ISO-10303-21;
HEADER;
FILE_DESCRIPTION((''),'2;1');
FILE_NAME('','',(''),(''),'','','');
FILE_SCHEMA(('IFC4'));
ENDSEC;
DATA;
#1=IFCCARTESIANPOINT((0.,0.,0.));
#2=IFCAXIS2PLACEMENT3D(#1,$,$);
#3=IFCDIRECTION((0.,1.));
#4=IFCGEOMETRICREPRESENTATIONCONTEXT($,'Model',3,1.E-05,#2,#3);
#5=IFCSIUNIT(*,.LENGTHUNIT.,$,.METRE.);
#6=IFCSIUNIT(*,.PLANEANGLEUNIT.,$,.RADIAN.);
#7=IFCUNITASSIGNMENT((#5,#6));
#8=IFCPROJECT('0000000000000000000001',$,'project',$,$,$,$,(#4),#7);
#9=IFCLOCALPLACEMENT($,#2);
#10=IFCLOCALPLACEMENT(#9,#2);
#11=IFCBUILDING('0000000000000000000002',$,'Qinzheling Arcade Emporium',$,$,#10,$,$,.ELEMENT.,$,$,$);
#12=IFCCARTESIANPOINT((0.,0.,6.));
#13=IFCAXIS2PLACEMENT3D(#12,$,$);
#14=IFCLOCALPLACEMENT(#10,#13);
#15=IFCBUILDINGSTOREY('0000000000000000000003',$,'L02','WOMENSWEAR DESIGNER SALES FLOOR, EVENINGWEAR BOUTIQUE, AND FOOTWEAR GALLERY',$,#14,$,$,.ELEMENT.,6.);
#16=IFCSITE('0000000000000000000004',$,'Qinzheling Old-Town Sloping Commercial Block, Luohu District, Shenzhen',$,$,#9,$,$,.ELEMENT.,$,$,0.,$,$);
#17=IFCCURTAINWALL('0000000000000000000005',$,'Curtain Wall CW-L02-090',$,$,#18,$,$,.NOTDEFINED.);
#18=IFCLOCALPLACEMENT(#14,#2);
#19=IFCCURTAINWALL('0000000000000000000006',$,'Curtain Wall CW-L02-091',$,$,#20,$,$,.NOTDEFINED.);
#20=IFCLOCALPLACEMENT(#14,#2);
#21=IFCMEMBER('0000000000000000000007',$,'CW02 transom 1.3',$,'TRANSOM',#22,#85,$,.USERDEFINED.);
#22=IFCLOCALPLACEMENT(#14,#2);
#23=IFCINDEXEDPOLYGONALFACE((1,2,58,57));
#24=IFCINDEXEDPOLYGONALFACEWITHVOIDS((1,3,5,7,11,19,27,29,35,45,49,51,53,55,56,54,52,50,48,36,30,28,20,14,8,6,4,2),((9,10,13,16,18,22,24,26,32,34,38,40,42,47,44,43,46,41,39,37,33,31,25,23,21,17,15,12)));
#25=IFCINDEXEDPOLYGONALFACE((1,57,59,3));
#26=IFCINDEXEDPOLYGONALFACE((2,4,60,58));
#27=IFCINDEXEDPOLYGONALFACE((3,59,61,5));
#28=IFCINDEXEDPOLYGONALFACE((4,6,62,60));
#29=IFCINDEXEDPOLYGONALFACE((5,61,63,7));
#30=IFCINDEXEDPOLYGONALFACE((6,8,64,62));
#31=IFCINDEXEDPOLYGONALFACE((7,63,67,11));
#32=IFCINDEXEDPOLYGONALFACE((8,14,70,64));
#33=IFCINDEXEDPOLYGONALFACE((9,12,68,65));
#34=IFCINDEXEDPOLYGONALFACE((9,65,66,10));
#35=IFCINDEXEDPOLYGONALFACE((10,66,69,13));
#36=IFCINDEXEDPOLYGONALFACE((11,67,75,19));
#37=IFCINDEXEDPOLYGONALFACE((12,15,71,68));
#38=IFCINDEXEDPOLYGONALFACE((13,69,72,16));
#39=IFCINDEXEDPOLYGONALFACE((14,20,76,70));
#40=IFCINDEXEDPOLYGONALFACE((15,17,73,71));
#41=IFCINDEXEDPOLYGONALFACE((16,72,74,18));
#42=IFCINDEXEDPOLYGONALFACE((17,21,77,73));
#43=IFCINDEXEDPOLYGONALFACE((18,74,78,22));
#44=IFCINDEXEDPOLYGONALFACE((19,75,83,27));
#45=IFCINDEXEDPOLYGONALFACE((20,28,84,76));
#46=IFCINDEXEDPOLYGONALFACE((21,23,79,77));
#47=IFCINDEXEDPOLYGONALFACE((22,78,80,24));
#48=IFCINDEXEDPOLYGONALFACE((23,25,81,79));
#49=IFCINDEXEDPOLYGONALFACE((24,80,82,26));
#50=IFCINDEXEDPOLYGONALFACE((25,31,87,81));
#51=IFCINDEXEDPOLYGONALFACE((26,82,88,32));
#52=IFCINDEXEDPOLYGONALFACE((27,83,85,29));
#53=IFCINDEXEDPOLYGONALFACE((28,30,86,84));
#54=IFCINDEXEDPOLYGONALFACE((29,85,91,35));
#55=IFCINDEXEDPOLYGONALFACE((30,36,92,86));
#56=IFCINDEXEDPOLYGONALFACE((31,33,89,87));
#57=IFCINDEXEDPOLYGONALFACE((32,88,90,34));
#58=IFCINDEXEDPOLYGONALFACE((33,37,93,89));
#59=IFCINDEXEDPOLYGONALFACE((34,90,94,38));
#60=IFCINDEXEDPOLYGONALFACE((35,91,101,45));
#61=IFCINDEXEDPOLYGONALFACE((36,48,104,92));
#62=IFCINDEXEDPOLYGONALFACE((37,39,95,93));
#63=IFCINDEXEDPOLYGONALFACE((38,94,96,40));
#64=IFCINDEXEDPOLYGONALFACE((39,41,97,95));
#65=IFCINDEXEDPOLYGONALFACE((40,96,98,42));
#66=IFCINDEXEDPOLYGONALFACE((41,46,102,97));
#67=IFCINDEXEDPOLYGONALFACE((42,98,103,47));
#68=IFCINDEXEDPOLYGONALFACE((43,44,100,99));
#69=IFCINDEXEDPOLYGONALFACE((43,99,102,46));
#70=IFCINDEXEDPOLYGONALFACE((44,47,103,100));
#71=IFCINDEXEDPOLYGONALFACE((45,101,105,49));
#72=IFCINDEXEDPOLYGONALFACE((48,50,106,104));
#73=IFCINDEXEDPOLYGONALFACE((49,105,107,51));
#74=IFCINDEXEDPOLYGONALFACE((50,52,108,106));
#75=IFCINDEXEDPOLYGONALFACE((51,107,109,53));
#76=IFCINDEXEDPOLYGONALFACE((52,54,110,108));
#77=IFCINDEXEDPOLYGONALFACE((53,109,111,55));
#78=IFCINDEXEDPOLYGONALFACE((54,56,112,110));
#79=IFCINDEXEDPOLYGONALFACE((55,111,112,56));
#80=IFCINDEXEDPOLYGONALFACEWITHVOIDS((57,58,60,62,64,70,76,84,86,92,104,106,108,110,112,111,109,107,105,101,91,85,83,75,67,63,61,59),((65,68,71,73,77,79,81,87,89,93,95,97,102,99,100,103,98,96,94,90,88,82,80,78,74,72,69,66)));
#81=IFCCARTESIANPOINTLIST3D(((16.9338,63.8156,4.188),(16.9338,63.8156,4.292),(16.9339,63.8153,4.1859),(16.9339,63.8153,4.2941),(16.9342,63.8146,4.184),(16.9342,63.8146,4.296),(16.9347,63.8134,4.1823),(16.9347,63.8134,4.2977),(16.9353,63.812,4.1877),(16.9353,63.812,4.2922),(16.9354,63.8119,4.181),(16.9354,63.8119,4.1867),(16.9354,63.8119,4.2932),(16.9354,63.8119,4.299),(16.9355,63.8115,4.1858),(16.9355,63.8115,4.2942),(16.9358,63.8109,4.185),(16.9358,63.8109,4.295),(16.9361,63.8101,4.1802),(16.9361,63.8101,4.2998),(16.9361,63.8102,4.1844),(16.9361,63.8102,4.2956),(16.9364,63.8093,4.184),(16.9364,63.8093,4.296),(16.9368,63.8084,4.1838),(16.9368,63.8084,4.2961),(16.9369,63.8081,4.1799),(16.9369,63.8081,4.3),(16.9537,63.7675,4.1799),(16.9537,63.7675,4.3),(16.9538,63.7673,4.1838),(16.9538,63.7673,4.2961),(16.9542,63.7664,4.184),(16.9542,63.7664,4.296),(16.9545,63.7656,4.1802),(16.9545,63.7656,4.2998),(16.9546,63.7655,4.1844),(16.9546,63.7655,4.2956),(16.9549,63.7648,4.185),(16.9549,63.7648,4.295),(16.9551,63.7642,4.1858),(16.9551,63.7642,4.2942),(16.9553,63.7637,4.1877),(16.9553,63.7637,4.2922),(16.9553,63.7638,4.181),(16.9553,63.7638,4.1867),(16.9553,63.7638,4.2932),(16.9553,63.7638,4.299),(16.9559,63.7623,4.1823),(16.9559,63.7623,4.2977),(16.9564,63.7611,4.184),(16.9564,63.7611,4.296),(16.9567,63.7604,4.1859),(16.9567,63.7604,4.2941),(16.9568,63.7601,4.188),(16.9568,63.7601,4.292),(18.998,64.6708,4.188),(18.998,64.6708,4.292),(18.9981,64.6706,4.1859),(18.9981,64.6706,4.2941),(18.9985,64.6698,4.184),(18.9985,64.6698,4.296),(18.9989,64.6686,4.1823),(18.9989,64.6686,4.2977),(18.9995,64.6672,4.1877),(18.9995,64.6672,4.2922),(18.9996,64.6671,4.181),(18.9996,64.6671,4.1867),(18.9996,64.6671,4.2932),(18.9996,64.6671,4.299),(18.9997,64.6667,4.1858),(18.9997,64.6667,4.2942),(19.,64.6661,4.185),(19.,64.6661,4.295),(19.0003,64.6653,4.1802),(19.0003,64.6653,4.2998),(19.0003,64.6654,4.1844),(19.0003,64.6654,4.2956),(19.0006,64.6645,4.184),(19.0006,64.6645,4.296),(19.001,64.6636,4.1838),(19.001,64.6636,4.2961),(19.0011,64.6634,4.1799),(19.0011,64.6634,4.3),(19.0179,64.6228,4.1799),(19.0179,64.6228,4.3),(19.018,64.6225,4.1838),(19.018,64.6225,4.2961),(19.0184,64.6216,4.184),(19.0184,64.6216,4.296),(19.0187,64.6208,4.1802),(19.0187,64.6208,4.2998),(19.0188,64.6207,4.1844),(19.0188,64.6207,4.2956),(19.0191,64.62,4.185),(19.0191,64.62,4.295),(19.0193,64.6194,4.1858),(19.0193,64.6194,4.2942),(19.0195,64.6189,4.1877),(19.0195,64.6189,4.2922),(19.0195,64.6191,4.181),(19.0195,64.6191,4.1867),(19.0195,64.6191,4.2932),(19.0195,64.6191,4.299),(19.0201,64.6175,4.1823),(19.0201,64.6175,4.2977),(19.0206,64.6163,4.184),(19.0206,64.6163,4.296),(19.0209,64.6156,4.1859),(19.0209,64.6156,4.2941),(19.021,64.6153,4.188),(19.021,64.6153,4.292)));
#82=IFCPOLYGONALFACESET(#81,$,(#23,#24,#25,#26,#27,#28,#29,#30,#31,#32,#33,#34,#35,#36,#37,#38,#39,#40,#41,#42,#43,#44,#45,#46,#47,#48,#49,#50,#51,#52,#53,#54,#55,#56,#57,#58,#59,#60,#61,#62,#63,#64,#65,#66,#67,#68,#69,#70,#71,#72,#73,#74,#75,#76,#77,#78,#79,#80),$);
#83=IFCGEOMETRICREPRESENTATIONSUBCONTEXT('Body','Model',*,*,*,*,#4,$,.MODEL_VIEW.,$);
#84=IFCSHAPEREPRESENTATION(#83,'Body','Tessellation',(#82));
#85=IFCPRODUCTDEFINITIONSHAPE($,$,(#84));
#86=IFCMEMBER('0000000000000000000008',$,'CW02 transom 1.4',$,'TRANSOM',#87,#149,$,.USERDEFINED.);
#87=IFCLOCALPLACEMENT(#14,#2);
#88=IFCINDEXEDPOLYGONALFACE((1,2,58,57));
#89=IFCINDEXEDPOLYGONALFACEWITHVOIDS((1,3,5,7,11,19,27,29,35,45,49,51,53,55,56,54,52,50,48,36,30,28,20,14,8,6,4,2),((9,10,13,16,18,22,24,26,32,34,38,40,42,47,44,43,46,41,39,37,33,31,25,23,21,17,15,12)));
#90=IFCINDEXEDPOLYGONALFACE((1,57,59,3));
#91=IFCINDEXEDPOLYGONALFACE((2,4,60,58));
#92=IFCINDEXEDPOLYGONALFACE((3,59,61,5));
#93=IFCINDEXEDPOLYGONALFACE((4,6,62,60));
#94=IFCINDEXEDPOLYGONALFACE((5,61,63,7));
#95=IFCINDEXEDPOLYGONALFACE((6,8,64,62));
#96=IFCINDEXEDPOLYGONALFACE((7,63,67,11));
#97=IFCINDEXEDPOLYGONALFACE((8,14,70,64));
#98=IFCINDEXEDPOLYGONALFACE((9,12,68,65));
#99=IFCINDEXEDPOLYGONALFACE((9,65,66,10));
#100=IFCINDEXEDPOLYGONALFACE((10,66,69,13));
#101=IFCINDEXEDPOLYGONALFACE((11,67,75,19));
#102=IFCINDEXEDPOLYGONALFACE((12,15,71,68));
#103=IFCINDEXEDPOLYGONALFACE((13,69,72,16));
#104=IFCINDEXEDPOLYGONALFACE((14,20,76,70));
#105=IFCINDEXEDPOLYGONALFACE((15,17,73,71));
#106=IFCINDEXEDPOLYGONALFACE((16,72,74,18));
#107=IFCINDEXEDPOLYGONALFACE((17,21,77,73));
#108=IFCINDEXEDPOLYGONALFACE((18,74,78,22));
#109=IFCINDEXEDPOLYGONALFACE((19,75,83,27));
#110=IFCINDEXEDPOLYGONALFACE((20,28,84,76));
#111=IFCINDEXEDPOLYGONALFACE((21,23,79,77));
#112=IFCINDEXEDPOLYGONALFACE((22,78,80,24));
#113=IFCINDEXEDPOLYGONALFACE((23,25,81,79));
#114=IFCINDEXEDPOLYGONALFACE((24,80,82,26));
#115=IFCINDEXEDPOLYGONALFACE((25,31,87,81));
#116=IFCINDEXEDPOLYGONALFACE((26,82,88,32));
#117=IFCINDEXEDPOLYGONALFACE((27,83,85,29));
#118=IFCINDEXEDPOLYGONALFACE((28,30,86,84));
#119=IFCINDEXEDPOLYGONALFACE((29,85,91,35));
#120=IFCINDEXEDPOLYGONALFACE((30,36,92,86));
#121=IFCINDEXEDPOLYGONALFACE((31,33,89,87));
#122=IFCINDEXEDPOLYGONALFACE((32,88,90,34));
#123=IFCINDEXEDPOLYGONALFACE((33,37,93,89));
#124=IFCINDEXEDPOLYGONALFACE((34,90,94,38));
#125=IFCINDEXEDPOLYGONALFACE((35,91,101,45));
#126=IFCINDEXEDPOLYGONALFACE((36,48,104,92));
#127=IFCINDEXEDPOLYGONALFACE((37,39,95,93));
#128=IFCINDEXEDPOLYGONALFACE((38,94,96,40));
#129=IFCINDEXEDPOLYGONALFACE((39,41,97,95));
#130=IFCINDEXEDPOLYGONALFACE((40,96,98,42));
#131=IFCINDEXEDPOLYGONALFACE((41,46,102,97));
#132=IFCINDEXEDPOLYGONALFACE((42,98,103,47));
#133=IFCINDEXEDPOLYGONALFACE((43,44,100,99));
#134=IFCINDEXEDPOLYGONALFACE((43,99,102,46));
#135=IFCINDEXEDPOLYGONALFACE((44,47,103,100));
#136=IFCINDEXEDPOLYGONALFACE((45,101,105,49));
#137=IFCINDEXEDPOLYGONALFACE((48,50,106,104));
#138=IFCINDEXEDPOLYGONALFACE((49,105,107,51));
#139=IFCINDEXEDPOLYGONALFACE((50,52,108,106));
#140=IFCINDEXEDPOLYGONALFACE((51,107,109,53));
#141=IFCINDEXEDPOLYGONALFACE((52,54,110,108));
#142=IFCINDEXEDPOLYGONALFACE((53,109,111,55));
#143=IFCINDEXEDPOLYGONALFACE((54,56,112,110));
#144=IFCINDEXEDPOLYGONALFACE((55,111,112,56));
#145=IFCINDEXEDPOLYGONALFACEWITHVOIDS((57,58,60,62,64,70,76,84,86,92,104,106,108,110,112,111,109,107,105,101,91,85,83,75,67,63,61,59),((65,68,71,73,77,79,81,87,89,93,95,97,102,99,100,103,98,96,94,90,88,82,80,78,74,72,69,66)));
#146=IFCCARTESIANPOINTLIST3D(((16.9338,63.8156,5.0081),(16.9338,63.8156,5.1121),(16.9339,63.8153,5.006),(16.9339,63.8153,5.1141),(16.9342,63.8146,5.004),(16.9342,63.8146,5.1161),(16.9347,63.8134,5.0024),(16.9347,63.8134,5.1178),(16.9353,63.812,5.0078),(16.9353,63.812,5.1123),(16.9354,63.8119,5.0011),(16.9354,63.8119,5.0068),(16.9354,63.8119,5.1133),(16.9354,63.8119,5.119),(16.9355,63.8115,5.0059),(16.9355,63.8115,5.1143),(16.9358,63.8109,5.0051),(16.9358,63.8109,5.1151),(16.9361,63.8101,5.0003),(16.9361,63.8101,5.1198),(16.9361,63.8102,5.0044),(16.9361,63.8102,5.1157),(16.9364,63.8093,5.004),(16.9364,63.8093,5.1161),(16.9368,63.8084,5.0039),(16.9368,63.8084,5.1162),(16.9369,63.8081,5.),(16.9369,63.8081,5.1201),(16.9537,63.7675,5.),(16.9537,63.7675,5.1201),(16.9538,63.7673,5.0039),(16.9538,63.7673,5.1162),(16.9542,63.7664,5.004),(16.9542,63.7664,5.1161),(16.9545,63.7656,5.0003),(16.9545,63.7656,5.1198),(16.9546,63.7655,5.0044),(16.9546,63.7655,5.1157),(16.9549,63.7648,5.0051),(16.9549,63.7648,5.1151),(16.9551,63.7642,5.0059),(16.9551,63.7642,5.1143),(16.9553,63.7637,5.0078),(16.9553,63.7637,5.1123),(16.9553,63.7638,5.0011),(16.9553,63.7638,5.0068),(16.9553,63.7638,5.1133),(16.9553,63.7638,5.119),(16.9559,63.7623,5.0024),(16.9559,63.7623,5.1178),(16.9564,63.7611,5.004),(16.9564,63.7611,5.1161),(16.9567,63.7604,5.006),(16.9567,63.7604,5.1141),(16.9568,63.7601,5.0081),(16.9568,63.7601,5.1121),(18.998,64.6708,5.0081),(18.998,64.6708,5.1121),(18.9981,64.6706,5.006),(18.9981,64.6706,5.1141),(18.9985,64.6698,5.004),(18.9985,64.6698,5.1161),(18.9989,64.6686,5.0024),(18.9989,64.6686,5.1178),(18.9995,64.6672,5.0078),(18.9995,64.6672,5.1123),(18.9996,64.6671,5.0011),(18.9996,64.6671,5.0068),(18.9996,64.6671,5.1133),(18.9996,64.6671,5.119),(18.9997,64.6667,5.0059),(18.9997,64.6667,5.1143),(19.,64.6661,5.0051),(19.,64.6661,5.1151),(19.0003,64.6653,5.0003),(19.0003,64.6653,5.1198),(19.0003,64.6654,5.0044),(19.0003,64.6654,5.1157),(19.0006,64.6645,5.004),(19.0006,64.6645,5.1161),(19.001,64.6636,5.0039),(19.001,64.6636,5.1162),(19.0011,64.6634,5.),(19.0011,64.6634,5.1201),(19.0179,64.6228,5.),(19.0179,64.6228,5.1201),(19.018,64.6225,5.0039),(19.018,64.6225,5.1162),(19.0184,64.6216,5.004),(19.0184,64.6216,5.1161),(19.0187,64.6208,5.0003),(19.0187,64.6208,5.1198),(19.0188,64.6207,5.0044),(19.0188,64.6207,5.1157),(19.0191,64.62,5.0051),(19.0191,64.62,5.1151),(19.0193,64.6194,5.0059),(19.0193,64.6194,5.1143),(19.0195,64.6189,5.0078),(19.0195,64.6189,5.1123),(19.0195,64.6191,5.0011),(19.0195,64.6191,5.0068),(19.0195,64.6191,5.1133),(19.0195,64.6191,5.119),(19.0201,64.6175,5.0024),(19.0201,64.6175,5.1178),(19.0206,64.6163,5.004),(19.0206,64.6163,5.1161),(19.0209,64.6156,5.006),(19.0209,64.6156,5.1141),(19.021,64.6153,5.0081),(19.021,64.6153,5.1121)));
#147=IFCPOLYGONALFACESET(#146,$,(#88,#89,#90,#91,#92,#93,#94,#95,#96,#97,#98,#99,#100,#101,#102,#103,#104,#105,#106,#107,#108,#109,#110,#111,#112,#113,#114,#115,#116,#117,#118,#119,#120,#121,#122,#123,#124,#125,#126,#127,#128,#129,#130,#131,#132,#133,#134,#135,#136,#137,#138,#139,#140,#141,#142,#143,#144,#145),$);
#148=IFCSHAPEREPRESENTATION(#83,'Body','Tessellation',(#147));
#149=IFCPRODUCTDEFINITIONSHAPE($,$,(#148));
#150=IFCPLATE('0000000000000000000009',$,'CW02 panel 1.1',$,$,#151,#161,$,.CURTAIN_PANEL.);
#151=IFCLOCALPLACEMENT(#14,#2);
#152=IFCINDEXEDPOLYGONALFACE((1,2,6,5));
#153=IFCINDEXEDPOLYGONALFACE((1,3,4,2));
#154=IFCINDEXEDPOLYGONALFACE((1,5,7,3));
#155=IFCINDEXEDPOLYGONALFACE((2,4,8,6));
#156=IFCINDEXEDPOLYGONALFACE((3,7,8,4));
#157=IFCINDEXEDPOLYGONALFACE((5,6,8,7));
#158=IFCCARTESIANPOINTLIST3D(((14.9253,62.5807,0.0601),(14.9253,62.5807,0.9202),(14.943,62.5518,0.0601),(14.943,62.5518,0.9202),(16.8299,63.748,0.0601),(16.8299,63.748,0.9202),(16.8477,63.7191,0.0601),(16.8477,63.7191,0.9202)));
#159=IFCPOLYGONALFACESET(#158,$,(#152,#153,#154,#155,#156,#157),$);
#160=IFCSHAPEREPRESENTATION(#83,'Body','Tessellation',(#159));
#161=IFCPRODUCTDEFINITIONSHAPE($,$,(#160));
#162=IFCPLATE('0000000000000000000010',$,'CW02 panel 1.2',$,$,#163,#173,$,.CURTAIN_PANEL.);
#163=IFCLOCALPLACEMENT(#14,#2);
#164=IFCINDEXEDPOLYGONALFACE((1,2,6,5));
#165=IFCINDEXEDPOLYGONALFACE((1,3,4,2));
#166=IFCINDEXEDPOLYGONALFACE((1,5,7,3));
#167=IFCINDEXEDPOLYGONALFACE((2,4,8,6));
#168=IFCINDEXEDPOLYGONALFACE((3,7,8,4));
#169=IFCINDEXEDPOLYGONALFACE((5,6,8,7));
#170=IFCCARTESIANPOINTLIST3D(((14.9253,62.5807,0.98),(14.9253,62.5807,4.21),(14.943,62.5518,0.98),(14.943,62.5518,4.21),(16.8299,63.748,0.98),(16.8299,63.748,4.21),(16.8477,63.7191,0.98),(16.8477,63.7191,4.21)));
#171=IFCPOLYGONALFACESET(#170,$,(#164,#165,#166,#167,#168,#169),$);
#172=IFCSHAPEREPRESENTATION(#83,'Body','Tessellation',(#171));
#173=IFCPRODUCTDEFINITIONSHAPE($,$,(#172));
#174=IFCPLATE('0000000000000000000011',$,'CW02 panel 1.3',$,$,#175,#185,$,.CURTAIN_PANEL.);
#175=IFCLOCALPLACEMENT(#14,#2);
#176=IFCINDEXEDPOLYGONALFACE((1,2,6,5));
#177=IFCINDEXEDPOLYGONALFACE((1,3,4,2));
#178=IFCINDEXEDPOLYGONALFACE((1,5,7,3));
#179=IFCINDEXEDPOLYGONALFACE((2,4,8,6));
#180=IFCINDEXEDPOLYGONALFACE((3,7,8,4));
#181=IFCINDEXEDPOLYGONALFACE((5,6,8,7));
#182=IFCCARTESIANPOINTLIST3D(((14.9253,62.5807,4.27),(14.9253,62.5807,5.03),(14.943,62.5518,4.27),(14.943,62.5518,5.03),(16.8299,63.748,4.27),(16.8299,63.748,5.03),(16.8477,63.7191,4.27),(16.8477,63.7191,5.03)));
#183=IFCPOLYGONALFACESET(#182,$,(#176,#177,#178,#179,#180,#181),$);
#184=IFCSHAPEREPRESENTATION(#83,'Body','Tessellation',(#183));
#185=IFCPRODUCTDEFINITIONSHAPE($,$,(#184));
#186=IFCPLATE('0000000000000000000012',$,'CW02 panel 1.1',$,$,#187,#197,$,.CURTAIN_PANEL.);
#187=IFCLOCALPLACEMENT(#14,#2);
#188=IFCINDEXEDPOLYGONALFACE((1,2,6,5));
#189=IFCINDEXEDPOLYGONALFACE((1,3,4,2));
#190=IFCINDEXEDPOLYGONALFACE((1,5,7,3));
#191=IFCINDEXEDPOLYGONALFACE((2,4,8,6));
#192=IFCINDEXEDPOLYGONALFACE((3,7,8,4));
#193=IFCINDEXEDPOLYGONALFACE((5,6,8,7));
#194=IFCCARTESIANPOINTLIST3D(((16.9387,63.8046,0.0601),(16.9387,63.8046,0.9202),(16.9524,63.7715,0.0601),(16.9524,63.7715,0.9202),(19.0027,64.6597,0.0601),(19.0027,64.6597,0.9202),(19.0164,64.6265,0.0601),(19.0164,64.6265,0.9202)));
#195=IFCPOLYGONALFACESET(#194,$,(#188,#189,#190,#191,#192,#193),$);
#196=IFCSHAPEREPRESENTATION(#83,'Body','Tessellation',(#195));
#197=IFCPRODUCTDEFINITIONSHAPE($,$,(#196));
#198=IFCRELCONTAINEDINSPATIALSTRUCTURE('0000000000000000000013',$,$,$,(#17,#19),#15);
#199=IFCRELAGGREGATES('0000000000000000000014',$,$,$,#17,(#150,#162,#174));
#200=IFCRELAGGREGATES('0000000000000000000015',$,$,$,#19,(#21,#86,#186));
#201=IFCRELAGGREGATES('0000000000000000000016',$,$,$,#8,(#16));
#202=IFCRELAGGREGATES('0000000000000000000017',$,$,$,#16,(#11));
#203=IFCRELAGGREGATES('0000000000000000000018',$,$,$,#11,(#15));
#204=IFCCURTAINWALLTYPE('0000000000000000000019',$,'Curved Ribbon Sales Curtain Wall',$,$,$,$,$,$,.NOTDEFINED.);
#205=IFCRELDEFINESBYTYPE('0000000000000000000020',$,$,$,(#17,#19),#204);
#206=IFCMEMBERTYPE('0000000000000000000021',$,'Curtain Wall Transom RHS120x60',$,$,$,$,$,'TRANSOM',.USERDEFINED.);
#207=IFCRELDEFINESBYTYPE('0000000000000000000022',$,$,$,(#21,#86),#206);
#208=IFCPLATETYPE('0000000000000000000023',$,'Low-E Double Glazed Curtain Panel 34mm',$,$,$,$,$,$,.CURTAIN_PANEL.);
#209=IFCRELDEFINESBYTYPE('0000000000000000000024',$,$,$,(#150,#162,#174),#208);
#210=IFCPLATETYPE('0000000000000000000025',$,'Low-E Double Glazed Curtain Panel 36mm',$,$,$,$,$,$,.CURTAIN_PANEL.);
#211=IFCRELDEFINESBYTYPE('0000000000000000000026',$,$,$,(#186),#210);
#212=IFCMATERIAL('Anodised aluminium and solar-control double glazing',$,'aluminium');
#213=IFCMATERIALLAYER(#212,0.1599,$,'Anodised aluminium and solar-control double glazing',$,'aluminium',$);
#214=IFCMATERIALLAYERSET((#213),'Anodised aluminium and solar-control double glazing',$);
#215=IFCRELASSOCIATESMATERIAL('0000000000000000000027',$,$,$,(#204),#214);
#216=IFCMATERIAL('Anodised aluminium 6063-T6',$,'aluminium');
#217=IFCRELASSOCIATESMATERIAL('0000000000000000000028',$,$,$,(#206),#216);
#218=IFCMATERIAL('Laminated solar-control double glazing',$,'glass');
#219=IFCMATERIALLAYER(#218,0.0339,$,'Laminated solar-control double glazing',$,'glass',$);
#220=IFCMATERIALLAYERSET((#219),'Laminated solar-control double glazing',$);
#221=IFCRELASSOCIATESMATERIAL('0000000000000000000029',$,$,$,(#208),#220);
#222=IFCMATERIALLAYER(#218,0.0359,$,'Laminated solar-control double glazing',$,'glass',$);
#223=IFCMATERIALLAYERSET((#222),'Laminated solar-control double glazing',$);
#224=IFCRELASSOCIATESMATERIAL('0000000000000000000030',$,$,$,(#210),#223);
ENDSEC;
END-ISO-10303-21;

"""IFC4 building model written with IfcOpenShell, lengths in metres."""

from ifc_helpers import new_model, si_unit, direction, frame, origin, origin_2d, place, context, subcontext, project, spatial, rectangle, hollow_rectangle, extrude, material, layer, layer_set, material_profile, profile_set, type_object, element, aggregate, save


model = new_model("IFC4")

# Units and contexts
model_context = context("Model", 3, precision=1e-05, world=origin(), true_north=direction((0.0, 1.0)))
body_context = subcontext(model_context, "Body", "Model", "MODEL_VIEW")
ifc_project = project(units=[si_unit("LENGTHUNIT", "METRE"), si_unit("PLANEANGLEUNIT", "RADIAN")], contexts=[model_context])

# Site, building, storey
site_placement = place(None, origin())
site = spatial("IfcSite", under=ifc_project, at=site_placement, Name="Qinzheling Old-Town Sloping Commercial Block, Luohu District, Shenzhen", CompositionType="ELEMENT", RefElevation=0.0)
building_placement = place(site_placement, origin())
building = spatial("IfcBuilding", under=site, at=building_placement, Name="Qinzheling Arcade Emporium", CompositionType="ELEMENT")
storey_placement = place(building_placement, frame((0.0, 0.0, 6.0)))
storey = spatial("IfcBuildingStorey", under=building, at=storey_placement, Name="L02", Description="WOMENSWEAR DESIGNER SALES FLOOR, EVENINGWEAR BOUTIQUE, AND FOOTWEAR GALLERY", CompositionType="ELEMENT", Elevation=6.0)

# Shared definitions
ifc_material_1 = material(Name="Anodised aluminium and solar-control double glazing", Category="aluminium")
ifc_layer_1 = layer(ifc_material_1, 0.1599, Name="Anodised aluminium and solar-control double glazing", Category="aluminium")
ifc_layer_set_1 = layer_set([ifc_layer_1], Name="Anodised aluminium and solar-control double glazing")
curtain_wall_type = type_object("IfcCurtainWallType", Name="Curved Ribbon Sales Curtain Wall", PredefinedType="NOTDEFINED", material=ifc_layer_set_1)
ifc_material_2 = material(Name="Anodised aluminium 6063-T6", Category="aluminium")

# Curtain walls
curtain_wall_1_placement = place(storey_placement, origin())
curtain_wall_1 = element("IfcCurtainWall", 1, at=curtain_wall_1_placement, inside=storey, type_object=curtain_wall_type, Name="Curtain Wall CW-L02-090", PredefinedType="NOTDEFINED")
curtain_wall_2_placement = place(storey_placement, origin())
curtain_wall_2 = element("IfcCurtainWall", 2, at=curtain_wall_2_placement, inside=storey, type_object=curtain_wall_type, Name="Curtain Wall CW-L02-091", PredefinedType="NOTDEFINED")

# Members
ifc_material_profile_1 = material_profile(ifc_material_2, hollow_rectangle(XDim=0.0601, YDim=0.1201, WallThickness=0.0039, InnerFilletRadius=0.0039, OuterFilletRadius=0.0081, at=origin_2d()), Name="RHS 120x60x4", Category="aluminium")
ifc_profile_set_1 = profile_set([ifc_material_profile_1], Name="Anodised aluminium 6063-T6")
member_type_1 = type_object("IfcMemberType", Name="Curtain Wall Transom RHS120x60", ElementType="TRANSOM", PredefinedType="USERDEFINED", material=ifc_profile_set_1)
member_1_placement = place(storey_placement, frame((16.9453, 63.7878, 4.24), z_axis=(0.923848, 0.38276, 0.0), x_axis=(-0.38276, 0.923848, 0.0)))
member_1 = element("IfcMember", 3, at=member_1_placement, type_object=member_type_1, Name="CW02 transom 1.3", ObjectType="TRANSOM", PredefinedType="USERDEFINED", context=body_context, shape_type="SweptSolid", body=[
    extrude(hollow_rectangle(XDim=0.0601, YDim=0.1201, WallThickness=0.0039, InnerFilletRadius=0.0039, OuterFilletRadius=0.0081, at=origin_2d()), origin(), (0.0, 0.0, 1.0), 2.2344),
])
member_2_placement = place(storey_placement, frame((16.9453, 63.7878, 5.0601), z_axis=(0.923848, 0.38276, 0.0), x_axis=(-0.38276, 0.923848, 0.0)))
member_2 = element("IfcMember", 4, at=member_2_placement, type_object=member_type_1, Name="CW02 transom 1.4", ObjectType="TRANSOM", PredefinedType="USERDEFINED", context=body_context, shape_type="SweptSolid", body=[
    extrude(hollow_rectangle(XDim=0.0601, YDim=0.1201, WallThickness=0.0039, InnerFilletRadius=0.0039, OuterFilletRadius=0.0081, at=origin_2d()), origin(), (0.0, 0.0, 1.0), 2.2344),
])

# Plates
ifc_material_3 = material(Name="Laminated solar-control double glazing", Category="glass")
ifc_layer_2 = layer(ifc_material_3, 0.0339, Name="Laminated solar-control double glazing", Category="glass")
ifc_layer_set_2 = layer_set([ifc_layer_2], Name="Laminated solar-control double glazing")
plate_type_1 = type_object("IfcPlateType", Name="Low-E Double Glazed Curtain Panel 34mm", PredefinedType="CURTAIN_PANEL", material=ifc_layer_set_2)
plate_1_placement = place(storey_placement, frame((15.8865, 63.1499, 0.0601), z_axis=(0.0, 0.0, 1.0), x_axis=(0.85262, 0.522532, 0.0)))
plate_1 = element("IfcPlate", 5, at=plate_1_placement, type_object=plate_type_1, Name="CW02 panel 1.1", PredefinedType="CURTAIN_PANEL", context=body_context, shape_type="SweptSolid", body=[
    extrude(rectangle(XDim=2.2339, YDim=0.0339, at=origin_2d()), origin(), (0.0, 0.0, 1.0), 0.8601),
])
plate_2_placement = place(storey_placement, frame((15.8865, 63.1499, 0.98), z_axis=(0.0, 0.0, 1.0), x_axis=(0.85262, 0.522532, 0.0)))
plate_2 = element("IfcPlate", 6, at=plate_2_placement, type_object=plate_type_1, Name="CW02 panel 1.2", PredefinedType="CURTAIN_PANEL", context=body_context, shape_type="SweptSolid", body=[
    extrude(rectangle(XDim=2.2339, YDim=0.0339, at=origin_2d()), origin(), (0.0, 0.0, 1.0), 3.23),
])
plate_3_placement = place(storey_placement, frame((15.8865, 63.1499, 4.27), z_axis=(0.0, 0.0, 1.0), x_axis=(0.85262, 0.522532, 0.0)))
plate_3 = element("IfcPlate", 7, at=plate_3_placement, type_object=plate_type_1, Name="CW02 panel 1.3", PredefinedType="CURTAIN_PANEL", context=body_context, shape_type="SweptSolid", body=[
    extrude(rectangle(XDim=2.2339, YDim=0.0339, at=origin_2d()), origin(), (0.0, 0.0, 1.0), 0.76),
])
aggregate(curtain_wall_1, [plate_1, plate_2, plate_3])
ifc_layer_3 = layer(ifc_material_3, 0.0359, Name="Laminated solar-control double glazing", Category="glass")
ifc_layer_set_3 = layer_set([ifc_layer_3], Name="Laminated solar-control double glazing")
plate_type_2 = type_object("IfcPlateType", Name="Low-E Double Glazed Curtain Panel 36mm", PredefinedType="CURTAIN_PANEL", material=ifc_layer_set_3)
plate_4_placement = place(storey_placement, frame((17.9775, 64.2156, 0.0601), z_axis=(0.0, 0.0, 1.0), x_axis=(0.923867, 0.382714, 0.0)))
plate_4 = element("IfcPlate", 8, at=plate_4_placement, type_object=plate_type_2, Name="CW02 panel 1.1", PredefinedType="CURTAIN_PANEL", context=body_context, shape_type="SweptSolid", body=[
    extrude(rectangle(XDim=2.2341, YDim=0.0359, at=origin_2d()), origin(), (0.0, 0.0, 1.0), 0.8601),
])
aggregate(curtain_wall_2, [member_1, member_2, plate_4])

save(model, "model.ifc")
